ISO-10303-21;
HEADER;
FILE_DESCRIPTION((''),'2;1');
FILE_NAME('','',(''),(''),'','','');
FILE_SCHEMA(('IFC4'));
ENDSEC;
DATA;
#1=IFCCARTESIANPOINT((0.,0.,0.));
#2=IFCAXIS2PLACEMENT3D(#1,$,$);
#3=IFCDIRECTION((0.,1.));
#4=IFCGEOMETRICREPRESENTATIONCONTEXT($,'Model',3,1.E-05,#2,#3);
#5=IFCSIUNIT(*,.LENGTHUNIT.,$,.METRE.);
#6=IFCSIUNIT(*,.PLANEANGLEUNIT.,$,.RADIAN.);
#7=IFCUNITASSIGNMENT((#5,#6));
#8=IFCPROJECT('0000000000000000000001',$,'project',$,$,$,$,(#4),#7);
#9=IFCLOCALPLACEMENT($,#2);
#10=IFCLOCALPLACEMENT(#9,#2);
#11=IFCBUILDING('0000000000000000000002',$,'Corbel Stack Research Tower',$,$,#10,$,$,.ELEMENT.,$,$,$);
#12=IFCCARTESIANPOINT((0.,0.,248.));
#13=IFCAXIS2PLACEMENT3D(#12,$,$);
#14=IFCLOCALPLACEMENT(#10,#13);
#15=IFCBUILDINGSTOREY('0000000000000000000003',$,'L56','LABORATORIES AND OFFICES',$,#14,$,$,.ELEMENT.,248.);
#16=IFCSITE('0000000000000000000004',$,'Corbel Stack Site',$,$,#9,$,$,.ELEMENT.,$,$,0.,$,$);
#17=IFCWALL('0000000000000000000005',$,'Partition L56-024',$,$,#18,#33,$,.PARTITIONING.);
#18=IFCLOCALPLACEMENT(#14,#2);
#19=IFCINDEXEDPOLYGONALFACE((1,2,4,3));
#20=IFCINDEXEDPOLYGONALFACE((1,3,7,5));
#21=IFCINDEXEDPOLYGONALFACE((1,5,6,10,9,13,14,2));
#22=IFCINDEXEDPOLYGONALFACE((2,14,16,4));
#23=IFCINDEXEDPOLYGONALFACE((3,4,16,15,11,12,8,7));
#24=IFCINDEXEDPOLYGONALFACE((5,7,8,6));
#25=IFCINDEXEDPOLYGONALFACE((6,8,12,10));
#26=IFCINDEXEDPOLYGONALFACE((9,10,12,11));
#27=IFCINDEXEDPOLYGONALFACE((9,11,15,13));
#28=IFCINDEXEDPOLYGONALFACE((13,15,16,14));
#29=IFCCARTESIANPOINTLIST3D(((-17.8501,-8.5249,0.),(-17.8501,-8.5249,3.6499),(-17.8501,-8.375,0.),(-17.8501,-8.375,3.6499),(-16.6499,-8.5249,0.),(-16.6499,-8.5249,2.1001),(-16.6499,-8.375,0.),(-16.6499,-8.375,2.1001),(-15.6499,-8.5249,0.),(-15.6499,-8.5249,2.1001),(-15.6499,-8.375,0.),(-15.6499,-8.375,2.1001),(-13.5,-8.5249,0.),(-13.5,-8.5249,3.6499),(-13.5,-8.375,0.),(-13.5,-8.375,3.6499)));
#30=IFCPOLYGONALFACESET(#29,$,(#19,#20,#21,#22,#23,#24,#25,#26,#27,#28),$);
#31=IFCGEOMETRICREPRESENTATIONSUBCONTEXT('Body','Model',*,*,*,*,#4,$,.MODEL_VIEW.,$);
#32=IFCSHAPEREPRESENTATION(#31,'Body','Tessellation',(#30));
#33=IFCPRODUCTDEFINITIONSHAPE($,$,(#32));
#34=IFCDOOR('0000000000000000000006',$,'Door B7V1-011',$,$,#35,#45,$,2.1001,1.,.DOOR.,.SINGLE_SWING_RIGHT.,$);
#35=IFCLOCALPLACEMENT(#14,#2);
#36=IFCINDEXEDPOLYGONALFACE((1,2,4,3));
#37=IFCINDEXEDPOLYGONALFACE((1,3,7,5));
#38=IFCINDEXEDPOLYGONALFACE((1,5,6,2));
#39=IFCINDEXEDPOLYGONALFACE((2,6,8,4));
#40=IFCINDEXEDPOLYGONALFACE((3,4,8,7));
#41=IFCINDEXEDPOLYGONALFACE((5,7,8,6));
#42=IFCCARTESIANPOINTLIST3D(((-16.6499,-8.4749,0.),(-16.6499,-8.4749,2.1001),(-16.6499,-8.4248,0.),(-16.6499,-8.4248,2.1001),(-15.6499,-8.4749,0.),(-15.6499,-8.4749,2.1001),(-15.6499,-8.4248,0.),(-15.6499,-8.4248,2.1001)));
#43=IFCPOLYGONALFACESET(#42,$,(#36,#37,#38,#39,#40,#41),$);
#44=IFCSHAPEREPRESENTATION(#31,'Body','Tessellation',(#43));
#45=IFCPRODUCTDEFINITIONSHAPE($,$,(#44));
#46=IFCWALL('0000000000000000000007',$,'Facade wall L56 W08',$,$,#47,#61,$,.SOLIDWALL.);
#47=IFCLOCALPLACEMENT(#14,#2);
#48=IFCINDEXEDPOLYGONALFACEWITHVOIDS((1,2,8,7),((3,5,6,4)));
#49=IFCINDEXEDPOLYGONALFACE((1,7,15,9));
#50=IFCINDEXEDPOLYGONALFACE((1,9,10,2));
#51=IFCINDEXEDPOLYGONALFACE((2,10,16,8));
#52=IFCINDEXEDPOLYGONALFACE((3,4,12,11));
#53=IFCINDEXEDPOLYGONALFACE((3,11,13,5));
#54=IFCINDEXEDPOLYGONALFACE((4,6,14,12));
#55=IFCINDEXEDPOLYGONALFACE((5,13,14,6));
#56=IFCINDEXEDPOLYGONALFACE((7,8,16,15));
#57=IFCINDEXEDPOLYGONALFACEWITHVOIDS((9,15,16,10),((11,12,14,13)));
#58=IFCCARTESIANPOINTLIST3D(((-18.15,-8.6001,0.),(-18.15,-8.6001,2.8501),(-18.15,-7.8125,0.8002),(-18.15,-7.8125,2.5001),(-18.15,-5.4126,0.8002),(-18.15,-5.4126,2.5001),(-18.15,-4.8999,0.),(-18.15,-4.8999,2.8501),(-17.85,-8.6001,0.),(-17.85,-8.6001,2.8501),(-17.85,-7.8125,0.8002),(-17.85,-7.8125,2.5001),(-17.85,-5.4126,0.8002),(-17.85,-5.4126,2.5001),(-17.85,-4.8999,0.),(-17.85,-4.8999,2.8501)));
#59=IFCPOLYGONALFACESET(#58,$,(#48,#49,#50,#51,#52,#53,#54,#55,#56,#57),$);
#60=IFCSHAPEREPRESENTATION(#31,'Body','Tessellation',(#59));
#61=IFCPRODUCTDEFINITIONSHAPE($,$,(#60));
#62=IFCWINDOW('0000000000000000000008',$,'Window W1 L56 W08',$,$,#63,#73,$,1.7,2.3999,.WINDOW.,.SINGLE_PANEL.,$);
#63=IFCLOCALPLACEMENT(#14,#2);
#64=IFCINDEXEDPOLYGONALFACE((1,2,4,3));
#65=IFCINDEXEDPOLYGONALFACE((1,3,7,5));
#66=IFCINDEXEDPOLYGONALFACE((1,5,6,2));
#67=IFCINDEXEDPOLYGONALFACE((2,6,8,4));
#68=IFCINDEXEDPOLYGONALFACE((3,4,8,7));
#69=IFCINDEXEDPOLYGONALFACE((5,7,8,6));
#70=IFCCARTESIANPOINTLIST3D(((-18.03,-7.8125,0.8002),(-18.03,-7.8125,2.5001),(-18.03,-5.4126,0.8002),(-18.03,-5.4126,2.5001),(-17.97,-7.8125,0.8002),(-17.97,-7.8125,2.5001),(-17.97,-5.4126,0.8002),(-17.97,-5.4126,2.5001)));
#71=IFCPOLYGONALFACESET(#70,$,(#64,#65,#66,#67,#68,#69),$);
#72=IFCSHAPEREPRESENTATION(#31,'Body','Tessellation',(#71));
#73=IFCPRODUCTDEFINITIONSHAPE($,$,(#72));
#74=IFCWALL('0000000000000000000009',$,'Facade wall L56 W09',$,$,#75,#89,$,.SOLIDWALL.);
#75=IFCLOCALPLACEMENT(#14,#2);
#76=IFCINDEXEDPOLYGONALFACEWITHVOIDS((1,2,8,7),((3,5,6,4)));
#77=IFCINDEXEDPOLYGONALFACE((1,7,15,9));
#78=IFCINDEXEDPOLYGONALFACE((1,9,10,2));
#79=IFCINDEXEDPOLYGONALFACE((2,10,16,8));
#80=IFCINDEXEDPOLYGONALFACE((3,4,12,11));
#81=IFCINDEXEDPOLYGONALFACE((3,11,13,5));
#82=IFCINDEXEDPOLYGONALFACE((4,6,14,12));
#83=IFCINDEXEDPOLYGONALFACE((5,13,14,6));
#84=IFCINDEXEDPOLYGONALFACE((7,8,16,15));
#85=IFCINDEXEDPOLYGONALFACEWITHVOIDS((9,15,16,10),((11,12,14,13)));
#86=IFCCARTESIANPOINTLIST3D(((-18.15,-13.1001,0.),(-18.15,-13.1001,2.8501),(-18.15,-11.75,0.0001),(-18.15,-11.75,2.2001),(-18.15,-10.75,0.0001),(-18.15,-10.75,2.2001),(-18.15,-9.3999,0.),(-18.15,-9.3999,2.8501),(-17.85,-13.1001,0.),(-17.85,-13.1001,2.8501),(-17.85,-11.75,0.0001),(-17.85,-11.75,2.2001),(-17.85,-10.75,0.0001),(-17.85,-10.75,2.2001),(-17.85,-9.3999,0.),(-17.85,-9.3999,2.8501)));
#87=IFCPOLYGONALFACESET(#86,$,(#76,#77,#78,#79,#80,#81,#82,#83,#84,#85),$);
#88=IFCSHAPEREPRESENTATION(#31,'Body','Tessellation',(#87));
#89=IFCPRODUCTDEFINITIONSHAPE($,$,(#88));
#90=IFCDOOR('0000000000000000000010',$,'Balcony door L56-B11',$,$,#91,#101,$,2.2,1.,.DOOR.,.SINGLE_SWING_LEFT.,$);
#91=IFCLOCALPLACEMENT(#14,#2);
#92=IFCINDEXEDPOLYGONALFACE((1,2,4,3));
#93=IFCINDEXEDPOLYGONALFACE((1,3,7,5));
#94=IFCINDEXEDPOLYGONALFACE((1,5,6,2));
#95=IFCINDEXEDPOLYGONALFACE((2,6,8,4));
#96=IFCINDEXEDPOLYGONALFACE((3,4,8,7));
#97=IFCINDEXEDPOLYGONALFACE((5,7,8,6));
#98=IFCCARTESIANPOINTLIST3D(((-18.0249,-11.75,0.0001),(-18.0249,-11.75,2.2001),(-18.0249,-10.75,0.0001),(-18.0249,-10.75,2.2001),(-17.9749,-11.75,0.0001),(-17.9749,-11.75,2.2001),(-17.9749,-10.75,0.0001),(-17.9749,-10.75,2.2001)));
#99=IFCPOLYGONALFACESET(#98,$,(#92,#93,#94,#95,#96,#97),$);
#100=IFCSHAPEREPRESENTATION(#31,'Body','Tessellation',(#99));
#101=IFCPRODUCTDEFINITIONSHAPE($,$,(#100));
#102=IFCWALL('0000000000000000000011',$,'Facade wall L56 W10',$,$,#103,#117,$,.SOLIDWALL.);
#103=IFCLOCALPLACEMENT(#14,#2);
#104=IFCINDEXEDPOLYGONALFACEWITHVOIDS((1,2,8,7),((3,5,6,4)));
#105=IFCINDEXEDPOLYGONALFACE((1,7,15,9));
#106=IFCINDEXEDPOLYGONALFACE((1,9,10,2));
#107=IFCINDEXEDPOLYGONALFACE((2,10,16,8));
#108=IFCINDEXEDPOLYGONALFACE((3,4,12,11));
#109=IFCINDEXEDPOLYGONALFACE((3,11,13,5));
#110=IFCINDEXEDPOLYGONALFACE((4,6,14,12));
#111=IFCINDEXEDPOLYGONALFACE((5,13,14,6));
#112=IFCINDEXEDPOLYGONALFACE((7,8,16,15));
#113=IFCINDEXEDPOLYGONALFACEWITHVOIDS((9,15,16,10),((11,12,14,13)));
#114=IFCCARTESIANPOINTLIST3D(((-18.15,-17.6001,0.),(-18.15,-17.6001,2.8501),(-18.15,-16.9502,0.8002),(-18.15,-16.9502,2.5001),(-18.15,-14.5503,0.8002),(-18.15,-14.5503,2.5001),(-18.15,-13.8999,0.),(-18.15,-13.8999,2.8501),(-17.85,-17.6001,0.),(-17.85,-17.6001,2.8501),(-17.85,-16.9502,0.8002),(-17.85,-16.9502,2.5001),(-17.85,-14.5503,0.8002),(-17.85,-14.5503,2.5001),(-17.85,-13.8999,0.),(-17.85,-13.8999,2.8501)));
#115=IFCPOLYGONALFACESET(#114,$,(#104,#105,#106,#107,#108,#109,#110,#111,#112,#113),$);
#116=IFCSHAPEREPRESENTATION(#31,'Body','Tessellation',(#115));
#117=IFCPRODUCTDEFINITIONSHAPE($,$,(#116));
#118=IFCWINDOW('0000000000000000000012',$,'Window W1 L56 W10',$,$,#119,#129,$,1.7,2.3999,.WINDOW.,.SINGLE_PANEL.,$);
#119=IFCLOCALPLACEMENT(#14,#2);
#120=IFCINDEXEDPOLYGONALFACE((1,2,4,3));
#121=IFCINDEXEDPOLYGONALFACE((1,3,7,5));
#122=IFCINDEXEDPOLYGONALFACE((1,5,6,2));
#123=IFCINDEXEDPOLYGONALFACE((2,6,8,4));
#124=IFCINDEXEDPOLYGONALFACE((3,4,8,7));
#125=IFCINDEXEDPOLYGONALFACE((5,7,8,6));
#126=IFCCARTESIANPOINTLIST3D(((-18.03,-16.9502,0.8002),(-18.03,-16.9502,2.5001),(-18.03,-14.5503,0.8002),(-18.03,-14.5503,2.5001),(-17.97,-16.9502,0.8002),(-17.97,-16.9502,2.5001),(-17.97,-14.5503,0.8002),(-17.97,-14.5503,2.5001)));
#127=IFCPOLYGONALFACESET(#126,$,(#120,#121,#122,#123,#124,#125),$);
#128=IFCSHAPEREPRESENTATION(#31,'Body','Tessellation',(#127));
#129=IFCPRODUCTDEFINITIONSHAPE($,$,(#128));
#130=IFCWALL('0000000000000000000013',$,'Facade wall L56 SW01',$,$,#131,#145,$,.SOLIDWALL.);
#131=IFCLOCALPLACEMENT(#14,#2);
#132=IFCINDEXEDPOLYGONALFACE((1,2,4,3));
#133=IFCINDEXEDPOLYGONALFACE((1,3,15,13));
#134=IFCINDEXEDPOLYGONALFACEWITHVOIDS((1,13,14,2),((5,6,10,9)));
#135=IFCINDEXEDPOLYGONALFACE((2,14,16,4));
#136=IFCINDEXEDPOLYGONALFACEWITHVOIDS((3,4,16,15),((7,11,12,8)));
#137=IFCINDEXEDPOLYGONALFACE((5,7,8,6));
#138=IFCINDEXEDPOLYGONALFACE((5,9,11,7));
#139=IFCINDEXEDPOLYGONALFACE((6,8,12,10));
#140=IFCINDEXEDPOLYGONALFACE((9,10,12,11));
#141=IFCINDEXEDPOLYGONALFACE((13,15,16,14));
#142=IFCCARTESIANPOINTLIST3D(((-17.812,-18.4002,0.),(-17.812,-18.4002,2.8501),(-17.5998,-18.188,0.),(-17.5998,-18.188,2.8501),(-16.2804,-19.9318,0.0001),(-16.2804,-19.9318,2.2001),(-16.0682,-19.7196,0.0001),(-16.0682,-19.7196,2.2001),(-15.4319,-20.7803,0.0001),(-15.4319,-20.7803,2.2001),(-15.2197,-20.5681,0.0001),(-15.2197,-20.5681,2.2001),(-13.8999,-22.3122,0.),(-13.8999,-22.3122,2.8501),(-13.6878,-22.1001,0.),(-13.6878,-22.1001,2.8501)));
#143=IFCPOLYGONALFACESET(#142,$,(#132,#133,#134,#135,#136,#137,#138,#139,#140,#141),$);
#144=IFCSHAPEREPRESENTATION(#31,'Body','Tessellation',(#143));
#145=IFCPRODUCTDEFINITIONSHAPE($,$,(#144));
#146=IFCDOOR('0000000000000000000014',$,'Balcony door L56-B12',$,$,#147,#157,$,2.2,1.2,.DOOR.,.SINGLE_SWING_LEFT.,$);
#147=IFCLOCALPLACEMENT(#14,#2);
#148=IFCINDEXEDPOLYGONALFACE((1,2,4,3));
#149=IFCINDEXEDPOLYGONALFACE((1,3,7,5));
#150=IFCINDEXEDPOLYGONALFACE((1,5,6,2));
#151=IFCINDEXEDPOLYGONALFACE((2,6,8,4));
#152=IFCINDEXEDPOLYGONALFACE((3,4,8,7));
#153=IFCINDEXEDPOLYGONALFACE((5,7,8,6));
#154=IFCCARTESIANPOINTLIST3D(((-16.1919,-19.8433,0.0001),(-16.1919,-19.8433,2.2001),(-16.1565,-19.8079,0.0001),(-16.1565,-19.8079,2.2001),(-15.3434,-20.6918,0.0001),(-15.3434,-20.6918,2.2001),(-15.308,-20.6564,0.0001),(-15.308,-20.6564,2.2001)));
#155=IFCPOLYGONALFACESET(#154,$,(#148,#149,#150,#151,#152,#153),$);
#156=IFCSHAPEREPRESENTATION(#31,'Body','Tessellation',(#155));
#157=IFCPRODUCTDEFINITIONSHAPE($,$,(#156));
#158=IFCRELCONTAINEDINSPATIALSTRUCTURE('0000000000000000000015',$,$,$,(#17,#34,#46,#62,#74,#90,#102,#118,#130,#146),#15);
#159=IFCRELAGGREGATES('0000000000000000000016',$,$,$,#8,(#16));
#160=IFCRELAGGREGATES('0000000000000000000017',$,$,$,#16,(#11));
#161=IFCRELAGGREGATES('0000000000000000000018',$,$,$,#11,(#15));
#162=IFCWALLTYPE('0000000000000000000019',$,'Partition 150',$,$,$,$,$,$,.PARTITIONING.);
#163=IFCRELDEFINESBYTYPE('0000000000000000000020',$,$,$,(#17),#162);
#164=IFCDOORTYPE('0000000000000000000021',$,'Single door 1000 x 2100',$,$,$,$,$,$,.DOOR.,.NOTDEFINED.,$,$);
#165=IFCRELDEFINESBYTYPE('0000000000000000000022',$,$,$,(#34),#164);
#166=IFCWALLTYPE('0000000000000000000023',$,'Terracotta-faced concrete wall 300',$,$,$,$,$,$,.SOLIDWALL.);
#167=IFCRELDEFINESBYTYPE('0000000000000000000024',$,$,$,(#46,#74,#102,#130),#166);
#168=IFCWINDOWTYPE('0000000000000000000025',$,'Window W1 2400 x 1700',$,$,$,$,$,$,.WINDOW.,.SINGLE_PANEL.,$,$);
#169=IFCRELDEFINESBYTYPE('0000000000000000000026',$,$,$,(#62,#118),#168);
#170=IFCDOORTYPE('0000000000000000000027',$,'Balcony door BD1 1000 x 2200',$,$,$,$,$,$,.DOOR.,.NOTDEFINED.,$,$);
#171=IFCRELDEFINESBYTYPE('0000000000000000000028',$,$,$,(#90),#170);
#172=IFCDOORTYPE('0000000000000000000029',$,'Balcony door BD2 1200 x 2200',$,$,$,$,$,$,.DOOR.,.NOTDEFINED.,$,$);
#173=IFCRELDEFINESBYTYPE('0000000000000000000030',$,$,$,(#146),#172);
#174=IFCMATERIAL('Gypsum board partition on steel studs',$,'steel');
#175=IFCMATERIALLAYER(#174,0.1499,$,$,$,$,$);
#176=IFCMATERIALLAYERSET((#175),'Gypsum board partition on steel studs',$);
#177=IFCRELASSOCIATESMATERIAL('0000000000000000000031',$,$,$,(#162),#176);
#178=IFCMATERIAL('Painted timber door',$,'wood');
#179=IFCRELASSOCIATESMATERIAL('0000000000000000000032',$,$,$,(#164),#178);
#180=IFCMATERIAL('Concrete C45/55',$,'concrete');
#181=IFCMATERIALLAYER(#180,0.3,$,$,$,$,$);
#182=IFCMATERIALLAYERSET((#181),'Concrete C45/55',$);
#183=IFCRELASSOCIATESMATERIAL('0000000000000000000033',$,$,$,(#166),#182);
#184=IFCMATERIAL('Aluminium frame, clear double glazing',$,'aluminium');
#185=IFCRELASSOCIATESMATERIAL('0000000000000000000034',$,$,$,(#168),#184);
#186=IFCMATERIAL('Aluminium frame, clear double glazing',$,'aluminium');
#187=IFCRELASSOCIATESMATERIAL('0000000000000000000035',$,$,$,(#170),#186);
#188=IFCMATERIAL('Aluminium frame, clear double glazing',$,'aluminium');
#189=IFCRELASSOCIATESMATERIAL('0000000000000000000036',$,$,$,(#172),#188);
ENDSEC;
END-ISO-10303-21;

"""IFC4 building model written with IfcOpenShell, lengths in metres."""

from ifc_helpers import new_model, si_unit, direction, frame, frame_2d, origin, place, context, subcontext, project, spatial, rectangle, extrude, material, layer, layer_set, type_object, element, fill, save


model = new_model("IFC4")

# Units and contexts
model_context = context("Model", 3, precision=1e-05, world=origin(), true_north=direction((0.0, 1.0)))
body_context = subcontext(model_context, "Body", "Model", "MODEL_VIEW")
ifc_project = project(units=[si_unit("LENGTHUNIT", "METRE"), si_unit("PLANEANGLEUNIT", "RADIAN")], contexts=[model_context])

# Site, building, storey
site_placement = place(None, origin())
site = spatial("IfcSite", under=ifc_project, at=site_placement, Name="Corbel Stack Site", CompositionType="ELEMENT", RefElevation=0.0)
building_placement = place(site_placement, origin())
building = spatial("IfcBuilding", under=site, at=building_placement, Name="Corbel Stack Research Tower", CompositionType="ELEMENT")
storey_placement = place(building_placement, frame((0.0, 0.0, 248.0)))
storey = spatial("IfcBuildingStorey", under=building, at=storey_placement, Name="L56", Description="LABORATORIES AND OFFICES", CompositionType="ELEMENT", Elevation=248.0)

# Wall, opening, door
ifc_material_1 = material(Name="Gypsum board partition on steel studs", Category="steel")
ifc_layer_1 = layer(ifc_material_1, 0.1499)
ifc_layer_set_1 = layer_set([ifc_layer_1], Name="Gypsum board partition on steel studs")
wall_type_1 = type_object("IfcWallType", Name="Partition 150", PredefinedType="PARTITIONING", material=ifc_layer_set_1)
wall_1_placement = place(storey_placement, frame((-13.5, -8.45, 0.0), z_axis=(0.0, 0.0, 1.0), x_axis=(-1.0, 0.0, 0.0)))
wall_1 = element("IfcWall", 1, at=wall_1_placement, inside=storey, type_object=wall_type_1, Name="Partition L56-024", PredefinedType="PARTITIONING", context=body_context, shape_type="SweptSolid", body=[
    extrude(rectangle(XDim=4.3501, YDim=0.1499, at=frame_2d((2.175, 0.0))), origin(), (0.0, 0.0, 1.0), 3.6499),
])
opening_1_placement = place(wall_1_placement, frame((2.1499, 0.0, 0.0)))
opening_1 = element("IfcOpeningElement", 2, at=opening_1_placement, cuts=wall_1, PredefinedType="OPENING", context=body_context, shape_type="SweptSolid", body=[
    extrude(rectangle(XDim=1.0, YDim=2.1001, at=frame_2d((0.5, 1.05))), frame((0.0, 0.085, 0.0), z_axis=(0.0, -1.0, 0.0), x_axis=(1.0, 0.0, 0.0)), (0.0, 0.0, 1.0), 0.1699),
])
ifc_material_2 = material(Name="Painted timber door", Category="wood")
door_type_1 = type_object("IfcDoorType", Name="Single door 1000 x 2100", OperationType="NOTDEFINED", PredefinedType="DOOR", material=ifc_material_2)
door_1_placement = place(opening_1_placement, origin())
door_1 = element("IfcDoor", 3, at=door_1_placement, inside=storey, type_object=door_type_1, Name="Door B7V1-011", OperationType="SINGLE_SWING_RIGHT", OverallHeight=2.1001, OverallWidth=1.0, PredefinedType="DOOR", context=body_context, shape_type="SweptSolid", body=[
    extrude(rectangle(XDim=1.0, YDim=2.1001, at=frame_2d((0.5, 1.05))), frame((0.0, 0.0249, 0.0), z_axis=(0.0, -1.0, 0.0), x_axis=(1.0, 0.0, 0.0)), (0.0, 0.0, 1.0), 0.05),
])
fill(opening_1, door_1)

# Wall, opening, window
ifc_material_3 = material(Name="Concrete C45/55", Category="concrete")
ifc_layer_2 = layer(ifc_material_3, 0.3)
ifc_layer_set_2 = layer_set([ifc_layer_2], Name="Concrete C45/55")
wall_type_2 = type_object("IfcWallType", Name="Terracotta-faced concrete wall 300", PredefinedType="SOLIDWALL", material=ifc_layer_set_2)
wall_2_placement = place(storey_placement, frame((-18.0, -8.6001, 0.0), z_axis=(0.0, 0.0, 1.0), x_axis=(0.0, 1.0, 0.0)))
wall_2 = element("IfcWall", 4, at=wall_2_placement, inside=storey, type_object=wall_type_2, Name="Facade wall L56 W08", PredefinedType="SOLIDWALL", context=body_context, shape_type="SweptSolid", body=[
    extrude(rectangle(XDim=3.7002, YDim=0.3, at=frame_2d((1.8501, 0.0))), origin(), (0.0, 0.0, 1.0), 2.8501),
])
opening_2_placement = place(wall_2_placement, frame((0.7876, 0.0, 0.8)))
opening_2 = element("IfcOpeningElement", 5, at=opening_2_placement, cuts=wall_2, PredefinedType="OPENING", context=body_context, shape_type="SweptSolid", body=[
    extrude(rectangle(XDim=2.3999, YDim=1.7, at=frame_2d((1.2, 0.8501))), frame((0.0, 0.1599, 0.0), z_axis=(0.0, -1.0, 0.0), x_axis=(1.0, 0.0, 0.0)), (0.0, 0.0, 1.0), 0.3201),
])
ifc_material_4 = material(Name="Aluminium frame, clear double glazing", Category="aluminium")
window_type = type_object("IfcWindowType", Name="Window W1 2400 x 1700", PartitioningType="SINGLE_PANEL", PredefinedType="WINDOW", material=ifc_material_4)
window_1_placement = place(opening_2_placement, origin())
window_1 = element("IfcWindow", 6, at=window_1_placement, inside=storey, type_object=window_type, Name="Window W1 L56 W08", OverallHeight=1.7, OverallWidth=2.3999, PartitioningType="SINGLE_PANEL", PredefinedType="WINDOW", context=body_context, shape_type="SweptSolid", body=[
    extrude(rectangle(XDim=2.3999, YDim=1.7, at=frame_2d((1.2, 0.8501))), frame((0.0, 0.03, 0.0), z_axis=(0.0, -1.0, 0.0), x_axis=(1.0, 0.0, 0.0)), (0.0, 0.0, 1.0), 0.0601),
])
fill(opening_2, window_1)

# Wall, opening, door
wall_3_placement = place(storey_placement, frame((-18.0, -13.1001, 0.0), z_axis=(0.0, 0.0, 1.0), x_axis=(0.0, 1.0, 0.0)))
wall_3 = element("IfcWall", 7, at=wall_3_placement, inside=storey, type_object=wall_type_2, Name="Facade wall L56 W09", PredefinedType="SOLIDWALL", context=body_context, shape_type="SweptSolid", body=[
    extrude(rectangle(XDim=3.7002, YDim=0.3, at=frame_2d((1.8501, 0.0))), origin(), (0.0, 0.0, 1.0), 2.8501),
])
opening_3_placement = place(wall_3_placement, frame((1.3501, 0.0, 0.0)))
opening_3 = element("IfcOpeningElement", 8, at=opening_3_placement, cuts=wall_3, PredefinedType="OPENING", context=body_context, shape_type="SweptSolid", body=[
    extrude(rectangle(XDim=1.0, YDim=2.2, at=frame_2d((0.5, 1.1001))), frame((0.0, 0.1599, 0.0), z_axis=(0.0, -1.0, 0.0), x_axis=(1.0, 0.0, 0.0)), (0.0, 0.0, 1.0), 0.3201),
])
ifc_material_5 = material(Name="Aluminium frame, clear double glazing", Category="aluminium")
door_type_2 = type_object("IfcDoorType", Name="Balcony door BD1 1000 x 2200", OperationType="NOTDEFINED", PredefinedType="DOOR", material=ifc_material_5)
door_2_placement = place(opening_3_placement, origin())
door_2 = element("IfcDoor", 9, at=door_2_placement, inside=storey, type_object=door_type_2, Name="Balcony door L56-B11", OperationType="SINGLE_SWING_LEFT", OverallHeight=2.2, OverallWidth=1.0, PredefinedType="DOOR", context=body_context, shape_type="SweptSolid", body=[
    extrude(rectangle(XDim=1.0, YDim=2.2, at=frame_2d((0.5, 1.1001))), frame((0.0, 0.0249, 0.0), z_axis=(0.0, -1.0, 0.0), x_axis=(1.0, 0.0, 0.0)), (0.0, 0.0, 1.0), 0.05),
])
fill(opening_3, door_2)

# Wall, opening, window
wall_4_placement = place(storey_placement, frame((-18.0, -17.6001, 0.0), z_axis=(0.0, 0.0, 1.0), x_axis=(0.0, 1.0, 0.0)))
wall_4 = element("IfcWall", 10, at=wall_4_placement, inside=storey, type_object=wall_type_2, Name="Facade wall L56 W10", PredefinedType="SOLIDWALL", context=body_context, shape_type="SweptSolid", body=[
    extrude(rectangle(XDim=3.7002, YDim=0.3, at=frame_2d((1.8501, 0.0))), origin(), (0.0, 0.0, 1.0), 2.8501),
])
opening_4_placement = place(wall_4_placement, frame((0.6499, 0.0, 0.8)))
opening_4 = element("IfcOpeningElement", 11, at=opening_4_placement, cuts=wall_4, PredefinedType="OPENING", context=body_context, shape_type="SweptSolid", body=[
    extrude(rectangle(XDim=2.3999, YDim=1.7, at=frame_2d((1.2, 0.8501))), frame((0.0, 0.1599, 0.0), z_axis=(0.0, -1.0, 0.0), x_axis=(1.0, 0.0, 0.0)), (0.0, 0.0, 1.0), 0.3201),
])
window_2_placement = place(opening_4_placement, origin())
window_2 = element("IfcWindow", 12, at=window_2_placement, inside=storey, type_object=window_type, Name="Window W1 L56 W10", OverallHeight=1.7, OverallWidth=2.3999, PartitioningType="SINGLE_PANEL", PredefinedType="WINDOW", context=body_context, shape_type="SweptSolid", body=[
    extrude(rectangle(XDim=2.3999, YDim=1.7, at=frame_2d((1.2, 0.8501))), frame((0.0, 0.03, 0.0), z_axis=(0.0, -1.0, 0.0), x_axis=(1.0, 0.0, 0.0)), (0.0, 0.0, 1.0), 0.0601),
])
fill(opening_4, window_2)

# Wall, opening, door
wall_5_placement = place(storey_placement, frame((-13.7939, -22.2061, 0.0), z_axis=(0.0, 0.0, 1.0), x_axis=(-0.707107, 0.707107, 0.0)))
wall_5 = element("IfcWall", 13, at=wall_5_placement, inside=storey, type_object=wall_type_2, Name="Facade wall L56 SW01", PredefinedType="SOLIDWALL", context=body_context, shape_type="SweptSolid", body=[
    extrude(rectangle(XDim=5.5325, YDim=0.3, at=frame_2d((2.7661, 0.0))), origin(), (0.0, 0.0, 1.0), 2.8501),
])
opening_5_placement = place(wall_5_placement, frame((2.1663, 0.0, 0.0)))
opening_5 = element("IfcOpeningElement", 14, at=opening_5_placement, cuts=wall_5, PredefinedType="OPENING", context=body_context, shape_type="SweptSolid", body=[
    extrude(rectangle(XDim=1.2, YDim=2.2, at=frame_2d((0.6001, 1.1001))), frame((0.0, 0.1599, 0.0), z_axis=(0.0, -1.0, 0.0), x_axis=(1.0, 0.0, 0.0)), (0.0, 0.0, 1.0), 0.3201),
])
ifc_material_6 = material(Name="Aluminium frame, clear double glazing", Category="aluminium")
door_type_3 = type_object("IfcDoorType", Name="Balcony door BD2 1200 x 2200", OperationType="NOTDEFINED", PredefinedType="DOOR", material=ifc_material_6)
door_3_placement = place(opening_5_placement, origin())
door_3 = element("IfcDoor", 15, at=door_3_placement, inside=storey, type_object=door_type_3, Name="Balcony door L56-B12", OperationType="SINGLE_SWING_LEFT", OverallHeight=2.2, OverallWidth=1.2, PredefinedType="DOOR", context=body_context, shape_type="SweptSolid", body=[
    extrude(rectangle(XDim=1.2, YDim=2.2, at=frame_2d((0.6001, 1.1001))), frame((0.0, 0.0249, 0.0), z_axis=(0.0, -1.0, 0.0), x_axis=(1.0, 0.0, 0.0)), (0.0, 0.0, 1.0), 0.05),
])
fill(opening_5, door_3)

save(model, "model.ifc")
